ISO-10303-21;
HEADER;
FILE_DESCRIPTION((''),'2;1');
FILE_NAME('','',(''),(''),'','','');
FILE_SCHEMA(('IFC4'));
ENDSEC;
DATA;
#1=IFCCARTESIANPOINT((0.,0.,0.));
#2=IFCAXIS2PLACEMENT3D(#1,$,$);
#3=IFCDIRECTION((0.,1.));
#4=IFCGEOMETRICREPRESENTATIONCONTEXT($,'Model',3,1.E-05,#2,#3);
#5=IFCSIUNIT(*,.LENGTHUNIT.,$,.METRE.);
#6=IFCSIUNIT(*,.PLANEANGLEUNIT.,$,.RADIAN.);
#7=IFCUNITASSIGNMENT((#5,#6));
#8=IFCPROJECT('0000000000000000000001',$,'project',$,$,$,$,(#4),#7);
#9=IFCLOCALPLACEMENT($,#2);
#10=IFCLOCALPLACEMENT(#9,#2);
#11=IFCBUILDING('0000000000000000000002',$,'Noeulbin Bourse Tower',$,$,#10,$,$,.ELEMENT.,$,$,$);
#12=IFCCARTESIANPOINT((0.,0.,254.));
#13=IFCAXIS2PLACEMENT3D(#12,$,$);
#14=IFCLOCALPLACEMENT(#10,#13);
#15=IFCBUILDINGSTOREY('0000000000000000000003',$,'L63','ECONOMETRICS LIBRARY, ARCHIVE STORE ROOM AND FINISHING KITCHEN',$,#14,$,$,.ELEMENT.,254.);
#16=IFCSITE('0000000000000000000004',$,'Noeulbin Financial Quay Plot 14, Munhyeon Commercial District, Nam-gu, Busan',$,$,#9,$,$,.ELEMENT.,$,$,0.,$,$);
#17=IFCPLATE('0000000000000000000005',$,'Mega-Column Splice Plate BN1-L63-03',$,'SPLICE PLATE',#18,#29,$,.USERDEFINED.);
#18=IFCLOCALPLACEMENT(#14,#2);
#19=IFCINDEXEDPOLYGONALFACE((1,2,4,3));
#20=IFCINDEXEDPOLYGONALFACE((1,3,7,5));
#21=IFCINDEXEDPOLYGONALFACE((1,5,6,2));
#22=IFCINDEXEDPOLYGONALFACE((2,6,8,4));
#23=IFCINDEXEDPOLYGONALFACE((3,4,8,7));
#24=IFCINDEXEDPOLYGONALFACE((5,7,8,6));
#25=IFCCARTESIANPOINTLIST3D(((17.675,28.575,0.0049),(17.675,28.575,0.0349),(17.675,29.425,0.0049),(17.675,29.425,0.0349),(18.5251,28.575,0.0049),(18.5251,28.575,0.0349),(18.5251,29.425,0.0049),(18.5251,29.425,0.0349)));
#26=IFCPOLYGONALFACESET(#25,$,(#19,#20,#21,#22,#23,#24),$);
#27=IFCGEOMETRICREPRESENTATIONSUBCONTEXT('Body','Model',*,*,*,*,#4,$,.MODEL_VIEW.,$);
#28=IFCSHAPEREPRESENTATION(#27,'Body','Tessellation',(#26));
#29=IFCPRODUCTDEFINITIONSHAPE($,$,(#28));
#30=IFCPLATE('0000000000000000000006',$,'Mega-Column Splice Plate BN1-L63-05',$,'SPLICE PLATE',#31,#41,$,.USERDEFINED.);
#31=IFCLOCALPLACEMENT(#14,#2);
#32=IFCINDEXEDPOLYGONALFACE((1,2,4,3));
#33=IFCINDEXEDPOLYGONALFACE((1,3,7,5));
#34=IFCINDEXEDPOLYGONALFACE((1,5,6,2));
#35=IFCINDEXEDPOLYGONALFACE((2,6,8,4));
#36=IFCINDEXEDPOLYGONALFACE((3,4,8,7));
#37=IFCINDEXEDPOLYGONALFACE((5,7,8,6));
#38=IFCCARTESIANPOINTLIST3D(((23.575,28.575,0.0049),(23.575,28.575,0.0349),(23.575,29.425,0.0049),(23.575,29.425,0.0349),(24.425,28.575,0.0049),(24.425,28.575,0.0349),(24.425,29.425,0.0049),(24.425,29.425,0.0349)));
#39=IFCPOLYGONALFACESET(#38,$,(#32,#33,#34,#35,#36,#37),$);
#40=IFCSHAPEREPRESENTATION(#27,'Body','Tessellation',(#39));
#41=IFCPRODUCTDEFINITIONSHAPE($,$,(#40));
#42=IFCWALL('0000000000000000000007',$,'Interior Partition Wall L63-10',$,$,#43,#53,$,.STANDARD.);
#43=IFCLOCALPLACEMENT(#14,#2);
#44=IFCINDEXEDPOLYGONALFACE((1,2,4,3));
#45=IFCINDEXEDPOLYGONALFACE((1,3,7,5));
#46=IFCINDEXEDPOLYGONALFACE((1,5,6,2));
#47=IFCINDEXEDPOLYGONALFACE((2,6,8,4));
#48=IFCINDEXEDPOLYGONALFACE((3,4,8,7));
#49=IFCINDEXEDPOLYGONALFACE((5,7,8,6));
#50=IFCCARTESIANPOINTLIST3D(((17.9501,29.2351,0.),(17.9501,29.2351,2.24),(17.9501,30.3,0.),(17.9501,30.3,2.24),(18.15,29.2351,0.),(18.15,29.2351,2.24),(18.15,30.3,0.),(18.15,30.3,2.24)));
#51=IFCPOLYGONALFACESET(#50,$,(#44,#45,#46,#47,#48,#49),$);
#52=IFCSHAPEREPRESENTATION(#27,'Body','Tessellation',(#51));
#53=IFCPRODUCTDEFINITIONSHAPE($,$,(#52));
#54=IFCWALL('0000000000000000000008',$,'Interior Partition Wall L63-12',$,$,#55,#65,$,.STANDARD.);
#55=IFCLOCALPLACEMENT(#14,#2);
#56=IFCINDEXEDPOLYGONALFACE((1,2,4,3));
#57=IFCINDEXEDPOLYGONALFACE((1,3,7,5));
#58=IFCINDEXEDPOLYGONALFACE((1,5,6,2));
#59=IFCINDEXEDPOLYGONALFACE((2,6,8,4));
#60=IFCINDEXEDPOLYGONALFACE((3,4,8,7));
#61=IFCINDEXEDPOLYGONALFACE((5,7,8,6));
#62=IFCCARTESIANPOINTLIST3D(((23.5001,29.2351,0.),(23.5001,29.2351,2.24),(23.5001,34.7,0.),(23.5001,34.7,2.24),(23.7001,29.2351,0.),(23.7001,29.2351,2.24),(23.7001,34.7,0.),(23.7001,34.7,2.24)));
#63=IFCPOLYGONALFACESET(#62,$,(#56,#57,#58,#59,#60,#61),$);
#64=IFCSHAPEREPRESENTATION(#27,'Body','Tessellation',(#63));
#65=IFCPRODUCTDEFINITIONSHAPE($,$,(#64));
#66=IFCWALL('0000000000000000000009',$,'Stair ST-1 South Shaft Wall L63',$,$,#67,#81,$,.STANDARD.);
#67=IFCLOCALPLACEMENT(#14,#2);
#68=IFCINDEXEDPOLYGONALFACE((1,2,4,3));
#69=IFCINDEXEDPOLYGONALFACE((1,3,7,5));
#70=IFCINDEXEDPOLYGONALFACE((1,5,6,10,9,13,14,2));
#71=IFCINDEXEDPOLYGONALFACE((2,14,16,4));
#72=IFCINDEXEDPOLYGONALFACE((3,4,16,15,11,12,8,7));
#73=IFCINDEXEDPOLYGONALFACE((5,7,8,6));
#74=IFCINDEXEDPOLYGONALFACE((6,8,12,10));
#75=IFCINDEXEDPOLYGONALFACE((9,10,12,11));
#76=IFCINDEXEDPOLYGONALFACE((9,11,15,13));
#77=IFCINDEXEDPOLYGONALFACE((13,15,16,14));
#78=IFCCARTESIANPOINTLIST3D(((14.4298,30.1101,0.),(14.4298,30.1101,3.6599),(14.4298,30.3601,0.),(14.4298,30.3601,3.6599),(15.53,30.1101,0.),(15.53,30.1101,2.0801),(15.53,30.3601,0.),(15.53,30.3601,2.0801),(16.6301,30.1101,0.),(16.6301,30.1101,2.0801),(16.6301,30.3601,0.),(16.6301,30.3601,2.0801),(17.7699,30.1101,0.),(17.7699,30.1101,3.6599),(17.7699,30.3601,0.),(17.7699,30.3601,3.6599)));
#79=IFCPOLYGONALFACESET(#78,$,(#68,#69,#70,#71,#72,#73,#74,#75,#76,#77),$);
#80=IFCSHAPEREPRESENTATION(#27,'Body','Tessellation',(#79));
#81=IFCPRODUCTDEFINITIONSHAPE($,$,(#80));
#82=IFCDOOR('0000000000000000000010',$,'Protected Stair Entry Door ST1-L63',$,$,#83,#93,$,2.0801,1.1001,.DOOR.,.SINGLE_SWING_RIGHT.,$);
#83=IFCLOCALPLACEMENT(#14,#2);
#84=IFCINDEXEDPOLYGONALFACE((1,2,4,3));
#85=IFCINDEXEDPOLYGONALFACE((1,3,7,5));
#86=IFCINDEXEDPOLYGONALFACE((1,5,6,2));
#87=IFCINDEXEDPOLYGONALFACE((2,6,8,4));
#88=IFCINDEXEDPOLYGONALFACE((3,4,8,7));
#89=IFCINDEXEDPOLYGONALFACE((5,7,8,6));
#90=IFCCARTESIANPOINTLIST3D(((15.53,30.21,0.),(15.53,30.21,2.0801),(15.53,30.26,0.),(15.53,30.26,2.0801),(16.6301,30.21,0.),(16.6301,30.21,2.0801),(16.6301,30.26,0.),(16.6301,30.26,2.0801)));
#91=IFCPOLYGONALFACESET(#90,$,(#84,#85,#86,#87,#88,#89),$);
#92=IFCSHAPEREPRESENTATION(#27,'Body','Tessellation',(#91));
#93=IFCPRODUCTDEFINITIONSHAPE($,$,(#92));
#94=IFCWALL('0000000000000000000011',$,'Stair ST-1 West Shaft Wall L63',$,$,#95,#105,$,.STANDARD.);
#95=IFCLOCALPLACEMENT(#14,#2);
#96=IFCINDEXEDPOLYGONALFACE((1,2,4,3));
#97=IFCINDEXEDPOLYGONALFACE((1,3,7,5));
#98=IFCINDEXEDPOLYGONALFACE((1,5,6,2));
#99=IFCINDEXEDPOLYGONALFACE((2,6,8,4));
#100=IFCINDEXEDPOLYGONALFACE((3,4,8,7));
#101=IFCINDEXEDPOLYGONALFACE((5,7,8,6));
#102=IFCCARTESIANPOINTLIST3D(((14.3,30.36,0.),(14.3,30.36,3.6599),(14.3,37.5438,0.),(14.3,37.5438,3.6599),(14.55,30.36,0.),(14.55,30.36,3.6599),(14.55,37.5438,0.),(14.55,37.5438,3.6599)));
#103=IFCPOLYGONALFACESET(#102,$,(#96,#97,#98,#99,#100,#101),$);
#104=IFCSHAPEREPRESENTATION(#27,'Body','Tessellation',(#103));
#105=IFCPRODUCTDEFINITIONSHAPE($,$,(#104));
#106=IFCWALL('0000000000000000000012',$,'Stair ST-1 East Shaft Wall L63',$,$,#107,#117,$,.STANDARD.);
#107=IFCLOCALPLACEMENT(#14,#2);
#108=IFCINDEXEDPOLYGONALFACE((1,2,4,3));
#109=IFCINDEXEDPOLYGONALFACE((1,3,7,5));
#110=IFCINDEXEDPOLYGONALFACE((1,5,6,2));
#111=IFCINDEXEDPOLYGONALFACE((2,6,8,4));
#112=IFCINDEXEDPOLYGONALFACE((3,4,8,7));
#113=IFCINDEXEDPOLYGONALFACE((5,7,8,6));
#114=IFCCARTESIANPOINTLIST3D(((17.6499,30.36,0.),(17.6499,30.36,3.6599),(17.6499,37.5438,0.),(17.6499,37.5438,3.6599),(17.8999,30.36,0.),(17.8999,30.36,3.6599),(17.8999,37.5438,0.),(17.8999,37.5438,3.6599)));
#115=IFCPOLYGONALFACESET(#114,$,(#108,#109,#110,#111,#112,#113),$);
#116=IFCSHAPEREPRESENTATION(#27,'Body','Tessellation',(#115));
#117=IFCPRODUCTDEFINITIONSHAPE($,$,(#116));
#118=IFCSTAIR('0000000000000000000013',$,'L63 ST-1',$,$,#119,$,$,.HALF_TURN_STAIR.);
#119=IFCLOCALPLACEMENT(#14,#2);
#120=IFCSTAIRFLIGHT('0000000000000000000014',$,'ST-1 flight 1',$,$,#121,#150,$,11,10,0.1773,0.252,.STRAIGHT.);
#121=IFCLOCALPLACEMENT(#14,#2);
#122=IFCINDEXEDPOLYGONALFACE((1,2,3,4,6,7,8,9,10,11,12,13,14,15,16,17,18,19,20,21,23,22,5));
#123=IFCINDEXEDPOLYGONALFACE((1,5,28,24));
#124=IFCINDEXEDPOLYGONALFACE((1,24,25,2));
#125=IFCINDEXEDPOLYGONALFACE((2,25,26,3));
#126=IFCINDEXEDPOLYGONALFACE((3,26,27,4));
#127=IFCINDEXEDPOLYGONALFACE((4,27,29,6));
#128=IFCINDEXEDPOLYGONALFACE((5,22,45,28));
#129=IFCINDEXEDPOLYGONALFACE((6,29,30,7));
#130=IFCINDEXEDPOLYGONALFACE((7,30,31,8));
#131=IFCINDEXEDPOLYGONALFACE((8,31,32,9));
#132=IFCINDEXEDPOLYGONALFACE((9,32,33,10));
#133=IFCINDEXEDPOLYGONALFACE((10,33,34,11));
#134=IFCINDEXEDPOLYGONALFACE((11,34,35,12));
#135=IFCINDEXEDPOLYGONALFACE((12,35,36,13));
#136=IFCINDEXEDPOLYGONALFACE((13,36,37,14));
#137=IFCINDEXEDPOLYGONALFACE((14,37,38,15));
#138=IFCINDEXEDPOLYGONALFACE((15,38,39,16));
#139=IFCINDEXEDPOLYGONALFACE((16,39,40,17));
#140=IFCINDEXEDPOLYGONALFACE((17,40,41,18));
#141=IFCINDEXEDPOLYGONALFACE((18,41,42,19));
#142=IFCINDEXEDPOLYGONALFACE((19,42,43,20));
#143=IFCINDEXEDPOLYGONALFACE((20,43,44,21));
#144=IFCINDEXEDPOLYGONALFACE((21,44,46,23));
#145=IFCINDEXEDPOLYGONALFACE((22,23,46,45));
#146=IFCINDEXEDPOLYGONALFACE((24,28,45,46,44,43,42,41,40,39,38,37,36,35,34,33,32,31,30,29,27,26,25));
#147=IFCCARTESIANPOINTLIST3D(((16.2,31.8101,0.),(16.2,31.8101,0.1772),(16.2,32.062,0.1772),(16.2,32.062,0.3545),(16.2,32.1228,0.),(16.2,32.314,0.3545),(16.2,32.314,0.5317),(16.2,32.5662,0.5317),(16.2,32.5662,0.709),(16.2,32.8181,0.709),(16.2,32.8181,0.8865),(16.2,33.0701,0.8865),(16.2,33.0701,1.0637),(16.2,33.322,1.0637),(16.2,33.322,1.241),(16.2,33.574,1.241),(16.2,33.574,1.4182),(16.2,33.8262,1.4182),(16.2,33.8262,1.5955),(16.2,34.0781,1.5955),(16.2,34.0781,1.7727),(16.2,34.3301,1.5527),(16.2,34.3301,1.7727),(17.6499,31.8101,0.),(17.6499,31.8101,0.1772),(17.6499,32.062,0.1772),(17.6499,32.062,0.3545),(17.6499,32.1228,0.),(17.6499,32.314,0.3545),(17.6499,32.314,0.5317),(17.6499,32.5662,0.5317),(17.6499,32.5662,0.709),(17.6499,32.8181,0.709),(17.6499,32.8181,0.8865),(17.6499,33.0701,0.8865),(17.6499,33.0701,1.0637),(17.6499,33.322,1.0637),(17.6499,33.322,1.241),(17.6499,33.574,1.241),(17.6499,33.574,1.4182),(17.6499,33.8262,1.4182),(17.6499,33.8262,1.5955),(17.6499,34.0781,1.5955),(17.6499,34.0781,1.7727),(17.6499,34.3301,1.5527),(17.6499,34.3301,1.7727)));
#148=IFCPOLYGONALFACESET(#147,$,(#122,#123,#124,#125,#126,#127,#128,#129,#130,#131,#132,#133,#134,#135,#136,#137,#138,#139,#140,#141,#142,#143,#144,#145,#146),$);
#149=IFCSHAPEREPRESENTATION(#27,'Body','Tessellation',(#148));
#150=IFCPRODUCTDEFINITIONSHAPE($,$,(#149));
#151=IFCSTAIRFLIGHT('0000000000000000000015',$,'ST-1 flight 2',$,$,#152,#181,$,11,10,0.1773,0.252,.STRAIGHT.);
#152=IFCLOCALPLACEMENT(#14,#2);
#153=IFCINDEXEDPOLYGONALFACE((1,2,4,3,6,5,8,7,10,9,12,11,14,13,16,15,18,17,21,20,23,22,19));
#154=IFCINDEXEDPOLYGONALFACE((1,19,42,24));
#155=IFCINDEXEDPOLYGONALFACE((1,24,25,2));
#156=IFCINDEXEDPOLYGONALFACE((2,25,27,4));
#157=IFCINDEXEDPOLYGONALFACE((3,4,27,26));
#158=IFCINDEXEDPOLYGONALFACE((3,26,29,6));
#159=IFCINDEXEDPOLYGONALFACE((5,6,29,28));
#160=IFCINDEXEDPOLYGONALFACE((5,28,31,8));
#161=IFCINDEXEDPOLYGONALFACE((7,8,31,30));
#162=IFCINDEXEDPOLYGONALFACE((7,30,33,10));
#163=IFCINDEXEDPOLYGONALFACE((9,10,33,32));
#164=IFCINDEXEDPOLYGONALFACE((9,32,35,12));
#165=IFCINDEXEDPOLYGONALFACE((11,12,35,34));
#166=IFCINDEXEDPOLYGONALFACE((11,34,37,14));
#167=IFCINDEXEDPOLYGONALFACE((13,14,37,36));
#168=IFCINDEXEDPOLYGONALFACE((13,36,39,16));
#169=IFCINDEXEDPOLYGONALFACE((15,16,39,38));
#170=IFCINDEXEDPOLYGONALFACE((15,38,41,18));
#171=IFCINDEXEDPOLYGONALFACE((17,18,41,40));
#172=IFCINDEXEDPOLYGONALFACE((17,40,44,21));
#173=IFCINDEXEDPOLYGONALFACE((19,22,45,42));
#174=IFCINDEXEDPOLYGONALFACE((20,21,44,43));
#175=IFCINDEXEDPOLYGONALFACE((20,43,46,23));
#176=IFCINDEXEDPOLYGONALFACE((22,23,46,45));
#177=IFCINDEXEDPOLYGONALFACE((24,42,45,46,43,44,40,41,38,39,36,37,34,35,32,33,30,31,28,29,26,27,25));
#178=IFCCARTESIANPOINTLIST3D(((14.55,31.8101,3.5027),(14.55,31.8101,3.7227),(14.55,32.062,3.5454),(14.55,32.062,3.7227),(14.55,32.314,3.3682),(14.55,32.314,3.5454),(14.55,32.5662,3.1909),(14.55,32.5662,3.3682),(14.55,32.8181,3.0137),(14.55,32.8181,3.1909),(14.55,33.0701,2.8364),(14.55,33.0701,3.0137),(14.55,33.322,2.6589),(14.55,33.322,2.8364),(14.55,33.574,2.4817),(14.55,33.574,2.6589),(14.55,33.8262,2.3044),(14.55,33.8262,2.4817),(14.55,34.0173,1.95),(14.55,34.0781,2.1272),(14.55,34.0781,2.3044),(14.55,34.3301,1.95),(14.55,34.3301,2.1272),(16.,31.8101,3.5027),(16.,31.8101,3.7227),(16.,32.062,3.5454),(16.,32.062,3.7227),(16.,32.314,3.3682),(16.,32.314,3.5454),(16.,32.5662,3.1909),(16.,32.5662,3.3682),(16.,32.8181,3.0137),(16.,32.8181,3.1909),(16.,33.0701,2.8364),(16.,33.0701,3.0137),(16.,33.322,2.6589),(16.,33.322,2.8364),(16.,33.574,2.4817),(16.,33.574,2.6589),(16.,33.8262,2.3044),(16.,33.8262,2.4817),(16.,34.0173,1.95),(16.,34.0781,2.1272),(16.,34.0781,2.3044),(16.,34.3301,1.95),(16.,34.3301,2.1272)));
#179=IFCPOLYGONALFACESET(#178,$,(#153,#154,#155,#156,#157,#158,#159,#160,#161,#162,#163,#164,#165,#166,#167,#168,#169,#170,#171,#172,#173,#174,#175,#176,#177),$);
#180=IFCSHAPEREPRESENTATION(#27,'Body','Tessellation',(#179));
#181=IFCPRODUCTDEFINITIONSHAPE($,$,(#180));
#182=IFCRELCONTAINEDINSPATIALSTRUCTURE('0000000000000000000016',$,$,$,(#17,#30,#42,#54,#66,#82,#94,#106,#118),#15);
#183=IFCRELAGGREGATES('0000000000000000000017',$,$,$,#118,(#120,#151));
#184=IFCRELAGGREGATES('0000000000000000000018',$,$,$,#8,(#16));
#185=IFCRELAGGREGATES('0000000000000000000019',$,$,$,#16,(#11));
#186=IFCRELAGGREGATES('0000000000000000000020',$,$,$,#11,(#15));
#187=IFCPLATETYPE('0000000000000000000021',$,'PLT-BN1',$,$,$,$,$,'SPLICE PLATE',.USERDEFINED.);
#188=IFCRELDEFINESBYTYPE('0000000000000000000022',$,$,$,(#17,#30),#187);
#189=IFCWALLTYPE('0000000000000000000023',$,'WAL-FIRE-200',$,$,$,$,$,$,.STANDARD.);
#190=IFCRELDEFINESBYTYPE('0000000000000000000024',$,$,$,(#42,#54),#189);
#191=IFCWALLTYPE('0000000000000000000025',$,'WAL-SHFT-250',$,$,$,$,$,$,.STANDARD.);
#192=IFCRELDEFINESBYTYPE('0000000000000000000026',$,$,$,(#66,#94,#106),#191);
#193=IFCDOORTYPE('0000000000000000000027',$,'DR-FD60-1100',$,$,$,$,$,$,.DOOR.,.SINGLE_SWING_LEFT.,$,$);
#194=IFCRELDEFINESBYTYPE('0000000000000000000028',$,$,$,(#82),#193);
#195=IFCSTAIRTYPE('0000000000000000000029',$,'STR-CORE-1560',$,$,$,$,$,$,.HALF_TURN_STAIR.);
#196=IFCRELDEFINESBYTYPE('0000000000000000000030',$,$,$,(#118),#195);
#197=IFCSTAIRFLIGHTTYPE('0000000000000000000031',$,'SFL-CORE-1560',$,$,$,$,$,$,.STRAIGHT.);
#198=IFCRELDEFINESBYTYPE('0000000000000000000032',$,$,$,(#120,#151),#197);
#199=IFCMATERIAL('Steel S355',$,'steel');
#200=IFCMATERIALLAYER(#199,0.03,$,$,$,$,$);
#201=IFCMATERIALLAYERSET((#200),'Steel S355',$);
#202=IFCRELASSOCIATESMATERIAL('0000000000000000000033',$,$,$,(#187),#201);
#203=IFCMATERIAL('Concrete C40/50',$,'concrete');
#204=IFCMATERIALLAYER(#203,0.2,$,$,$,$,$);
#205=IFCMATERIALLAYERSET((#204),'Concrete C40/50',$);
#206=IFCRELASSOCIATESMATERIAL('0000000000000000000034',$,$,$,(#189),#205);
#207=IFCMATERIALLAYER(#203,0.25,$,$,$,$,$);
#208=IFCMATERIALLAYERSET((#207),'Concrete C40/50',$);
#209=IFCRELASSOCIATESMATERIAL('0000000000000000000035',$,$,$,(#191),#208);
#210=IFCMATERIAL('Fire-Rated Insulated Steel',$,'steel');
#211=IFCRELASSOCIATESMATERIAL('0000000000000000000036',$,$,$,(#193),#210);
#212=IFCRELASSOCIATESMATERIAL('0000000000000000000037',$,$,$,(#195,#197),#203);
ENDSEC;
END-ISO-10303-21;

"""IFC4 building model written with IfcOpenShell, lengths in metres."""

from ifc_helpers import new_model, si_unit, direction, frame, frame_2d, origin, origin_2d, place, context, subcontext, project, spatial, polyline, rectangle, outline, extrude, material, layer, layer_set, type_object, element, fill, aggregate, save


model = new_model("IFC4")

# Units and contexts
model_context = context("Model", 3, precision=1e-05, world=origin(), true_north=direction((0.0, 1.0)))
body_context = subcontext(model_context, "Body", "Model", "MODEL_VIEW")
ifc_project = project(units=[si_unit("LENGTHUNIT", "METRE"), si_unit("PLANEANGLEUNIT", "RADIAN")], contexts=[model_context])

# Site, building, storey
site_placement = place(None, origin())
site = spatial("IfcSite", under=ifc_project, at=site_placement, Name="Noeulbin Financial Quay Plot 14, Munhyeon Commercial District, Nam-gu, Busan", CompositionType="ELEMENT", RefElevation=0.0)
building_placement = place(site_placement, origin())
building = spatial("IfcBuilding", under=site, at=building_placement, Name="Noeulbin Bourse Tower", CompositionType="ELEMENT")
storey_placement = place(building_placement, frame((0.0, 0.0, 254.0)))
storey = spatial("IfcBuildingStorey", under=building, at=storey_placement, Name="L63", Description="ECONOMETRICS LIBRARY, ARCHIVE STORE ROOM AND FINISHING KITCHEN", CompositionType="ELEMENT", Elevation=254.0)

# Shared definitions
ifc_material_1 = material(Name="Steel S355", Category="steel")

# Plates
ifc_layer_1 = layer(ifc_material_1, 0.03)
ifc_layer_set_1 = layer_set([ifc_layer_1], Name="Steel S355")
plate_type = type_object("IfcPlateType", Name="PLT-BN1", ElementType="SPLICE PLATE", PredefinedType="USERDEFINED", material=ifc_layer_set_1)
for number, where, z_axis, x_axis, name in (
    (1, (18.1001, 29.0, 0.0049), (0.0, 0.0, 1.0), (1.0, 0.0, 0.0), "Mega-Column Splice Plate BN1-L63-03"),
    (2, (24.0, 29.0, 0.0049), (0.0, 0.0, 1.0), (1.0, 0.0, 0.0), "Mega-Column Splice Plate BN1-L63-05"),
):
    element("IfcPlate", number, at=place(storey_placement, frame(where, z_axis=z_axis, x_axis=x_axis)), inside=storey, type_object=plate_type, Name=name, ObjectType="SPLICE PLATE", PredefinedType="USERDEFINED", context=body_context, shape_type="SweptSolid", body=[
        extrude(rectangle(XDim=0.8501, YDim=0.8501, at=origin_2d()), origin(), (0.0, 0.0, 1.0), 0.03),
    ])

# Walls
ifc_material_2 = material(Name="Concrete C40/50", Category="concrete")
ifc_layer_2 = layer(ifc_material_2, 0.2)
ifc_layer_set_2 = layer_set([ifc_layer_2], Name="Concrete C40/50")
wall_type_1 = type_object("IfcWallType", Name="WAL-FIRE-200", PredefinedType="STANDARD", material=ifc_layer_set_2)
wall_1_placement = place(storey_placement, frame((18.05, 29.2351, 0.0), z_axis=(0.0, 0.0, 1.0), x_axis=(0.0, 1.0, 0.0)))
element("IfcWall", 3, at=wall_1_placement, inside=storey, type_object=wall_type_1, Name="Interior Partition Wall L63-10", PredefinedType="STANDARD", context=body_context, shape_type="SweptSolid", body=[
    extrude(rectangle(XDim=1.0649, YDim=0.2, at=frame_2d((0.5325, 0.0))), origin(), (0.0, 0.0, 1.0), 2.24),
])
wall_2_placement = place(storey_placement, frame((23.6001, 29.2351, 0.0), z_axis=(0.0, 0.0, 1.0), x_axis=(0.0, 1.0, 0.0)))
element("IfcWall", 4, at=wall_2_placement, inside=storey, type_object=wall_type_1, Name="Interior Partition Wall L63-12", PredefinedType="STANDARD", context=body_context, shape_type="SweptSolid", body=[
    extrude(rectangle(XDim=5.4648, YDim=0.2, at=frame_2d((2.7324, 0.0))), origin(), (0.0, 0.0, 1.0), 2.24),
])

# Wall, opening, door
ifc_layer_3 = layer(ifc_material_2, 0.25)
ifc_layer_set_3 = layer_set([ifc_layer_3], Name="Concrete C40/50")
wall_type_2 = type_object("IfcWallType", Name="WAL-SHFT-250", PredefinedType="STANDARD", material=ifc_layer_set_3)
wall_3_placement = place(storey_placement, frame((14.4299, 30.2351, 0.0), z_axis=(0.0, 0.0, 1.0), x_axis=(1.0, 0.0, 0.0)))
wall_3 = element("IfcWall", 5, at=wall_3_placement, inside=storey, type_object=wall_type_2, Name="Stair ST-1 South Shaft Wall L63", PredefinedType="STANDARD", context=body_context, shape_type="SweptSolid", body=[
    extrude(rectangle(XDim=3.3401, YDim=0.25, at=frame_2d((1.6699, 0.0))), origin(), (0.0, 0.0, 1.0), 3.6599),
])
opening_placement = place(wall_3_placement, frame((1.1001, 0.0, 0.0)))
opening = element("IfcOpeningElement", 6, at=opening_placement, cuts=wall_3, PredefinedType="OPENING", context=body_context, shape_type="SweptSolid", body=[
    extrude(rectangle(XDim=1.1001, YDim=2.0801, at=frame_2d((0.55, 1.04))), frame((0.0, 0.135, 0.0), z_axis=(0.0, -1.0, 0.0), x_axis=(1.0, 0.0, 0.0)), (0.0, 0.0, 1.0), 0.27),
])
ifc_material_3 = material(Name="Fire-Rated Insulated Steel", Category="steel")
door_type = type_object("IfcDoorType", Name="DR-FD60-1100", OperationType="SINGLE_SWING_LEFT", PredefinedType="DOOR", material=ifc_material_3)
door_placement = place(opening_placement, origin())
door = element("IfcDoor", 7, at=door_placement, inside=storey, type_object=door_type, Name="Protected Stair Entry Door ST1-L63", OperationType="SINGLE_SWING_RIGHT", OverallHeight=2.0801, OverallWidth=1.1001, PredefinedType="DOOR", context=body_context, shape_type="SweptSolid", body=[
    extrude(rectangle(XDim=1.1001, YDim=2.0801, at=frame_2d((0.55, 1.04))), frame((0.0, 0.0249, 0.0), z_axis=(0.0, -1.0, 0.0), x_axis=(1.0, 0.0, 0.0)), (0.0, 0.0, 1.0), 0.05),
])
fill(opening, door)

# Walls
for number, where, z_axis, x_axis, name in (
    (8, (14.425, 30.3601, 0.0), (0.0, 0.0, 1.0), (0.0, 1.0, 0.0), "Stair ST-1 West Shaft Wall L63"),
    (9, (17.7749, 30.3601, 0.0), (0.0, 0.0, 1.0), (0.0, 1.0, 0.0), "Stair ST-1 East Shaft Wall L63"),
):
    element("IfcWall", number, at=place(storey_placement, frame(where, z_axis=z_axis, x_axis=x_axis)), inside=storey, type_object=wall_type_2, Name=name, PredefinedType="STANDARD", context=body_context, shape_type="SweptSolid", body=[
        extrude(rectangle(XDim=7.1838, YDim=0.25, at=frame_2d((3.5918, 0.0))), origin(), (0.0, 0.0, 1.0), 3.6599),
    ])

# Stair, stair flights
stair_type = type_object("IfcStairType", Name="STR-CORE-1560", PredefinedType="HALF_TURN_STAIR", material=ifc_material_2)
stair_placement = place(storey_placement, origin())
stair = element("IfcStair", 10, at=stair_placement, inside=storey, type_object=stair_type, Name="L63 ST-1", PredefinedType="HALF_TURN_STAIR")
stair_flight_type = type_object("IfcStairFlightType", Name="SFL-CORE-1560", PredefinedType="STRAIGHT", material=ifc_material_2)
stair_flight_1_placement = place(storey_placement, frame((16.925, 31.8101, 0.0), z_axis=(0.0, 0.0, 1.0), x_axis=(0.0, 1.0, 0.0)))
stair_flight_1 = element("IfcStairFlight", 11, at=stair_flight_1_placement, type_object=stair_flight_type, Name="ST-1 flight 1", NumberOfRisers=11, NumberOfTreads=10, PredefinedType="STRAIGHT", RiserHeight=0.1773, TreadLength=0.252, context=body_context, shape_type="SweptSolid", body=[
    extrude(outline(polyline([(0.0, 0.0), (0.0, 0.1772), (0.252, 0.1772), (0.252, 0.3545), (0.5039, 0.3545), (0.5039, 0.5317), (0.7561, 0.5317), (0.7561, 0.709), (1.0081, 0.709), (1.0081, 0.8865), (1.26, 0.8865), (1.26, 1.0637), (1.512, 1.0637), (1.512, 1.241), (1.7639, 1.241), (1.7639, 1.4182), (2.0161, 1.4182), (2.0161, 1.5955), (2.2681, 1.5955), (2.2681, 1.7727), (2.52, 1.7727), (2.52, 1.95), (2.52, 1.5527), (0.3127, 0.0), (0.0, 0.0)])), frame((0.0, 0.7251, 0.0), z_axis=(0.0, -1.0, 0.0), x_axis=(1.0, 0.0, 0.0)), (0.0, 0.0, 1.0), 1.45),
])
stair_flight_2_placement = place(storey_placement, frame((15.2749, 34.3301, 1.95), z_axis=(0.0, 0.0, 1.0), x_axis=(0.0, -1.0, 0.0)))
stair_flight_2 = element("IfcStairFlight", 12, at=stair_flight_2_placement, type_object=stair_flight_type, Name="ST-1 flight 2", NumberOfRisers=11, NumberOfTreads=10, PredefinedType="STRAIGHT", RiserHeight=0.1773, TreadLength=0.252, context=body_context, shape_type="SweptSolid", body=[
    extrude(outline(polyline([(0.0, 0.0), (0.0, 0.1772), (0.252, 0.1772), (0.252, 0.3545), (0.5039, 0.3545), (0.5039, 0.5317), (0.7561, 0.5317), (0.7561, 0.709), (1.0081, 0.709), (1.0081, 0.8865), (1.26, 0.8865), (1.26, 1.0637), (1.512, 1.0637), (1.512, 1.241), (1.7639, 1.241), (1.7639, 1.4182), (2.0161, 1.4182), (2.0161, 1.5955), (2.2681, 1.5955), (2.2681, 1.7727), (2.52, 1.7727), (2.52, 1.95), (2.52, 1.5527), (0.3127, 0.0), (0.0, 0.0)])), frame((0.0, 0.7251, 0.0), z_axis=(0.0, -1.0, 0.0), x_axis=(1.0, 0.0, 0.0)), (0.0, 0.0, 1.0), 1.45),
])
aggregate(stair, [stair_flight_1, stair_flight_2])

save(model, "model.ifc")
